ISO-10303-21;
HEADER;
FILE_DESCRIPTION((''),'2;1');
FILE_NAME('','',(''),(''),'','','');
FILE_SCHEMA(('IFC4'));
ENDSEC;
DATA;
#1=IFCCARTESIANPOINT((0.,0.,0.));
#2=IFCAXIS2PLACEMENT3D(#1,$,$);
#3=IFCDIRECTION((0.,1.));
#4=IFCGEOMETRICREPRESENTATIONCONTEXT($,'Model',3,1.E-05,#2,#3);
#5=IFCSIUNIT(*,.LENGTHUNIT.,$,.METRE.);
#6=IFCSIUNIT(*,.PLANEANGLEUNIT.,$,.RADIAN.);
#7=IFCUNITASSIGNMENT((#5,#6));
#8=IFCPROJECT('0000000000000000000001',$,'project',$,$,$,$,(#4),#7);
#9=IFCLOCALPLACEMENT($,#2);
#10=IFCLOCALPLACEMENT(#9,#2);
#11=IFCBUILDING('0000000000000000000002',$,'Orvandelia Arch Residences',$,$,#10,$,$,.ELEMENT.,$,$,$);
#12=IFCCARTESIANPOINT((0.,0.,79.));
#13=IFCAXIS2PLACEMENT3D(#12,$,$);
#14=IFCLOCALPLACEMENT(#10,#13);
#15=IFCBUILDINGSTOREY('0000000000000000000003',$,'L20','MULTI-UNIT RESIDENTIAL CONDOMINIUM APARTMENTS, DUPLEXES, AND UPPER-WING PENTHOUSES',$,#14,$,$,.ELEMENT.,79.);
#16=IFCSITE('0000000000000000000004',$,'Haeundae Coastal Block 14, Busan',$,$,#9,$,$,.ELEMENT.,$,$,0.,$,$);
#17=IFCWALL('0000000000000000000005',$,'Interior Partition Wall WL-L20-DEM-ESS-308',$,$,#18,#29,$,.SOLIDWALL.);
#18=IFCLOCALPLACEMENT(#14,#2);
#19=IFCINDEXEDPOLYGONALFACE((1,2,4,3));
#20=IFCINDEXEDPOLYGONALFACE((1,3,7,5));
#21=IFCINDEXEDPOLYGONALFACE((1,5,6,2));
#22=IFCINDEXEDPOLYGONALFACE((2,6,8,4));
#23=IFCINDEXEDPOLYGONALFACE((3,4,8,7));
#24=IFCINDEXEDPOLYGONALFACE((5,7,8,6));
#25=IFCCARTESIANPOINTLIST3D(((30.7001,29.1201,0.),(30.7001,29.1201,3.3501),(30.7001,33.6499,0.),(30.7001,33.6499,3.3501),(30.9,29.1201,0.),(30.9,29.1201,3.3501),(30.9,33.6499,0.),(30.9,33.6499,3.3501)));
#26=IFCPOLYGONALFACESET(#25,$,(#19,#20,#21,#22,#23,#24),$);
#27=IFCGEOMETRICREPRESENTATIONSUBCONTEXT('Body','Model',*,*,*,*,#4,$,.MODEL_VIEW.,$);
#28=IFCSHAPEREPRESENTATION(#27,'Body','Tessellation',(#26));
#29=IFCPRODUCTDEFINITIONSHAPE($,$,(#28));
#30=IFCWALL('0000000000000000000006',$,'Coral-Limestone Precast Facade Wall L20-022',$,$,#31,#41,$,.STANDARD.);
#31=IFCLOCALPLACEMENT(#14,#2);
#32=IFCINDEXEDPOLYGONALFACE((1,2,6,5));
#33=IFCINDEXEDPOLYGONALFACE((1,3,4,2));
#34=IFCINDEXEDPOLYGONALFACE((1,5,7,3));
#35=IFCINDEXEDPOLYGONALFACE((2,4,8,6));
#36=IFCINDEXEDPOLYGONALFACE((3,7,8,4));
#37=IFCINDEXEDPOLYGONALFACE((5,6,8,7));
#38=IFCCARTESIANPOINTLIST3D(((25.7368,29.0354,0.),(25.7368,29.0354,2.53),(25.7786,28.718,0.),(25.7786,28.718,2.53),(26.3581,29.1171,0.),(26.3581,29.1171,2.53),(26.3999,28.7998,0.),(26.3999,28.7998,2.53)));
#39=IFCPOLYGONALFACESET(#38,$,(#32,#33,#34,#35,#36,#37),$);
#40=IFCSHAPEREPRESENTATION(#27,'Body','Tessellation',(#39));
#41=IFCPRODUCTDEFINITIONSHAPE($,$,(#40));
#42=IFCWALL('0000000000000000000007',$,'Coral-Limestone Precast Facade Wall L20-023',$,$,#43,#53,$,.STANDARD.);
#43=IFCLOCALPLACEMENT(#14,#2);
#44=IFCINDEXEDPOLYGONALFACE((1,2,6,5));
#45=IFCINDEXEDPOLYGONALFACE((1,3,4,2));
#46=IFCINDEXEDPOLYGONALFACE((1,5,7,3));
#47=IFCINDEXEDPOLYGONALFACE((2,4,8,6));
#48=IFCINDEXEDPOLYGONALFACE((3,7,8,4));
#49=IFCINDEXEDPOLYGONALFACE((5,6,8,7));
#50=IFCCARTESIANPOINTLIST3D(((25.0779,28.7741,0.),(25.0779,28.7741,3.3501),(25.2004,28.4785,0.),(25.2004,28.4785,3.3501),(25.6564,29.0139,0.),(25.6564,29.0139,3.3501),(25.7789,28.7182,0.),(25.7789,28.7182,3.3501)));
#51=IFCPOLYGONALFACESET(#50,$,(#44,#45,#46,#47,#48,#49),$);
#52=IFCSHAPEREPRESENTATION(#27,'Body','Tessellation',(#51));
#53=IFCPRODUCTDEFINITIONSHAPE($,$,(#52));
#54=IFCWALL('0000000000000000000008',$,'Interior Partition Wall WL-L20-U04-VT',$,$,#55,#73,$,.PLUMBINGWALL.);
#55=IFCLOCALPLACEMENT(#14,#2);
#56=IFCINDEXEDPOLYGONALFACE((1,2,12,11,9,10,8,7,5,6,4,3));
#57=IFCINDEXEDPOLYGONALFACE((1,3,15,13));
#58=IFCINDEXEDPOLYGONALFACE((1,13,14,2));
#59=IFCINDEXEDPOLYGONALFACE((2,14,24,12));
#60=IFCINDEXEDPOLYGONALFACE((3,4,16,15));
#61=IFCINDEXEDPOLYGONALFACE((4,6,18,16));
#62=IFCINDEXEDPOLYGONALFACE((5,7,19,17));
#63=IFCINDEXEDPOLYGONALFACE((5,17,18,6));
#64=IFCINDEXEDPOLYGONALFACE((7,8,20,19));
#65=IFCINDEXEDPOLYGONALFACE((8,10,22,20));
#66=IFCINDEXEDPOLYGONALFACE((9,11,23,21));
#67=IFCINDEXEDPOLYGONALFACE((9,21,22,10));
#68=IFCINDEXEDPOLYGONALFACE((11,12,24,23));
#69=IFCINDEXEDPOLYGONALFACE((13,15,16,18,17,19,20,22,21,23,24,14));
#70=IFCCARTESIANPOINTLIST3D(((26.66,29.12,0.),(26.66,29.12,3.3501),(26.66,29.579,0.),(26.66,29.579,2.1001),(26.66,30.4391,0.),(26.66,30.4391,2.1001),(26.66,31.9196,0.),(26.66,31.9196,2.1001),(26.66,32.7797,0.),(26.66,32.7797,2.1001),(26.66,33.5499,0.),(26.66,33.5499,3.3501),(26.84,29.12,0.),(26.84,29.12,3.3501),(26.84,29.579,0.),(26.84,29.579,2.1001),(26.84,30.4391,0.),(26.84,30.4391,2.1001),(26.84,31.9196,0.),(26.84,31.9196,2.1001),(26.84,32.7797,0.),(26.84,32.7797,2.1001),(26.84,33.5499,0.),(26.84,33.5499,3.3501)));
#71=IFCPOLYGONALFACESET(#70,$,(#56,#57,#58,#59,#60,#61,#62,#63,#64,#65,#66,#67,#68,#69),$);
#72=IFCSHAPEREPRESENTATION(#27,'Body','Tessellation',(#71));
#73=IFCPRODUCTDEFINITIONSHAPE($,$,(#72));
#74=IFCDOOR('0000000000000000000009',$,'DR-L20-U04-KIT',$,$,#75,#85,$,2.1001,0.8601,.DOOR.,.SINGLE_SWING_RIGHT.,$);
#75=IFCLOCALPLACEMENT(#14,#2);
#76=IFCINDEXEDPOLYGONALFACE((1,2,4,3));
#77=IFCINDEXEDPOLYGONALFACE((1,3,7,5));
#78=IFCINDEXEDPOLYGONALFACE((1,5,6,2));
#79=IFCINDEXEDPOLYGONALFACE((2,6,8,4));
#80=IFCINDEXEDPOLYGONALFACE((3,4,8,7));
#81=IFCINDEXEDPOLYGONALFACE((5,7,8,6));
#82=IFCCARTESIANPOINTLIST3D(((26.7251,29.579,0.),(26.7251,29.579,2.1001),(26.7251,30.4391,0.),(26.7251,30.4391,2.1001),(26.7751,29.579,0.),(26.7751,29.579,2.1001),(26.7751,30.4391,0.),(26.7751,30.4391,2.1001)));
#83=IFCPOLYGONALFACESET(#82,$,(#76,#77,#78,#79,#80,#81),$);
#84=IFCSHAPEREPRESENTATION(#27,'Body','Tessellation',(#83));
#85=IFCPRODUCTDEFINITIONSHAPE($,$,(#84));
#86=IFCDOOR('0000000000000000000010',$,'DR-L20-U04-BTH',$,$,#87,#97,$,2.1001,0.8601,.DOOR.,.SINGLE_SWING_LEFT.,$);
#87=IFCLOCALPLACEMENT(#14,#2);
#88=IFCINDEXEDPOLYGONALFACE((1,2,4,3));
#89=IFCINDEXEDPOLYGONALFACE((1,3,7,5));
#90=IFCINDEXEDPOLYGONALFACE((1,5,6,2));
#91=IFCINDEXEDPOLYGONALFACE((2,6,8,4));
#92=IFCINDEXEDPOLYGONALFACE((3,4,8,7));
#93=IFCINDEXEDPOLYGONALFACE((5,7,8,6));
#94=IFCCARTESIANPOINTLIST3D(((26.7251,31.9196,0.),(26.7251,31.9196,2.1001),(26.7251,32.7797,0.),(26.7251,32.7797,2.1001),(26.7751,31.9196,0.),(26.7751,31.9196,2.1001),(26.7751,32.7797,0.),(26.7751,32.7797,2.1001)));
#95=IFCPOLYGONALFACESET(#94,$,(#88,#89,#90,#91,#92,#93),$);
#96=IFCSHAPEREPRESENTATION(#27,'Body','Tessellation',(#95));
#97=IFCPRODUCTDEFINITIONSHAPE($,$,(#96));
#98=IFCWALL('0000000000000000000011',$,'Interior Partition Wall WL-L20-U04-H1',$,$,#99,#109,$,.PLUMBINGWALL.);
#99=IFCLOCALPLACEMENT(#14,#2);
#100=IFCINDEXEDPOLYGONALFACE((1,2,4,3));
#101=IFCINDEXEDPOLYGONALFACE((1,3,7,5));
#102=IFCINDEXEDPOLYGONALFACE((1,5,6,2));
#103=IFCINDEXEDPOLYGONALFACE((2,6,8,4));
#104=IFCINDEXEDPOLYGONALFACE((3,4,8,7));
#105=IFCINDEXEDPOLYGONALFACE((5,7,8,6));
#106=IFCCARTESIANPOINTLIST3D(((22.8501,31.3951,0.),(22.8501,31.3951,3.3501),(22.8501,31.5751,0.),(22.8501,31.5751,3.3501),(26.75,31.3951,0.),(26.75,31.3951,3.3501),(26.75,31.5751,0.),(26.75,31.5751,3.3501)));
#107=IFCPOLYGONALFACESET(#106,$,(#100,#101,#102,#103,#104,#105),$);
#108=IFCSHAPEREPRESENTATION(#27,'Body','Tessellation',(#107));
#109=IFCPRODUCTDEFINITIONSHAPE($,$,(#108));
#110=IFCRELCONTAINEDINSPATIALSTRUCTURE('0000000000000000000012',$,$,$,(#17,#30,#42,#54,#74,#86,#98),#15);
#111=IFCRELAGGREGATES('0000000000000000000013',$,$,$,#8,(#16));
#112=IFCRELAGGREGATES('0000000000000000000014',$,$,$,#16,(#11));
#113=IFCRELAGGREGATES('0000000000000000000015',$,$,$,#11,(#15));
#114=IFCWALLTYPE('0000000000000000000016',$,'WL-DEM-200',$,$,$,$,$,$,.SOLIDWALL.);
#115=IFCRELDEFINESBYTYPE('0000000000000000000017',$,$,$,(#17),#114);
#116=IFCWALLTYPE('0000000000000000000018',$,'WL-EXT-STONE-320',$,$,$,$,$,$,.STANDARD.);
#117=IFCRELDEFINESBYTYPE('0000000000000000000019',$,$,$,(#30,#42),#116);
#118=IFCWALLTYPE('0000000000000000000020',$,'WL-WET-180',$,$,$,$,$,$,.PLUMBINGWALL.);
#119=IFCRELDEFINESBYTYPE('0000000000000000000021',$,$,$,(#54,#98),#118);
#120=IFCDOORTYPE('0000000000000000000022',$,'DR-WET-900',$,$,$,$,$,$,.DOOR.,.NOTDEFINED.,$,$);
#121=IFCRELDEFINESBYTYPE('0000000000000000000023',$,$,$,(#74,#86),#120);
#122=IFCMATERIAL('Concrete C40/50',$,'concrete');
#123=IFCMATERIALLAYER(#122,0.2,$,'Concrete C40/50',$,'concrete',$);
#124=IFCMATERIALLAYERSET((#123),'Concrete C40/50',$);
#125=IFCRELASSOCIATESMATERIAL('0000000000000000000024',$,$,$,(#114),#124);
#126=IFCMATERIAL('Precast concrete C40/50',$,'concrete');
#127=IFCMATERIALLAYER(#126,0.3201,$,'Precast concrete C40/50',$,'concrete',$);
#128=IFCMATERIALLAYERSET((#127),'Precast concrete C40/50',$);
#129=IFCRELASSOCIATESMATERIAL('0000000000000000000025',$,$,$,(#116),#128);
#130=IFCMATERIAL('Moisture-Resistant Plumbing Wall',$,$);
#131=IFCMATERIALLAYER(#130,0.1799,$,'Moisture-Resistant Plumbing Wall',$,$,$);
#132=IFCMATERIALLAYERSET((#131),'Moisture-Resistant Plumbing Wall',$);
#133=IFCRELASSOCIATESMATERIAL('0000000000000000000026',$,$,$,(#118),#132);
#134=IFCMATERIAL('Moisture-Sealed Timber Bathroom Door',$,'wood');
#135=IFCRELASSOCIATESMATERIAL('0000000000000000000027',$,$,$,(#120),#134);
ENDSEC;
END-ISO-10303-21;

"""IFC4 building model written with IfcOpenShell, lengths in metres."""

from ifc_helpers import new_model, si_unit, direction, frame, frame_2d, origin, place, context, subcontext, project, spatial, rectangle, extrude, material, layer, layer_set, type_object, element, fill, save


model = new_model("IFC4")

# Units and contexts
model_context = context("Model", 3, precision=1e-05, world=origin(), true_north=direction((0.0, 1.0)))
body_context = subcontext(model_context, "Body", "Model", "MODEL_VIEW")
ifc_project = project(units=[si_unit("LENGTHUNIT", "METRE"), si_unit("PLANEANGLEUNIT", "RADIAN")], contexts=[model_context])

# Site, building, storey
site_placement = place(None, origin())
site = spatial("IfcSite", under=ifc_project, at=site_placement, Name="Haeundae Coastal Block 14, Busan", CompositionType="ELEMENT", RefElevation=0.0)
building_placement = place(site_placement, origin())
building = spatial("IfcBuilding", under=site, at=building_placement, Name="Orvandelia Arch Residences", CompositionType="ELEMENT")
storey_placement = place(building_placement, frame((0.0, 0.0, 79.0)))
storey = spatial("IfcBuildingStorey", under=building, at=storey_placement, Name="L20", Description="MULTI-UNIT RESIDENTIAL CONDOMINIUM APARTMENTS, DUPLEXES, AND UPPER-WING PENTHOUSES", CompositionType="ELEMENT", Elevation=79.0)

# Walls
ifc_material_1 = material(Name="Concrete C40/50", Category="concrete")
ifc_layer_1 = layer(ifc_material_1, 0.2, Name="Concrete C40/50", Category="concrete")
ifc_layer_set_1 = layer_set([ifc_layer_1], Name="Concrete C40/50")
wall_type_1 = type_object("IfcWallType", Name="WL-DEM-200", PredefinedType="SOLIDWALL", material=ifc_layer_set_1)
wall_1_placement = place(storey_placement, frame((30.8, 29.1201, 0.0), z_axis=(0.0, 0.0, 1.0), x_axis=(0.0, 1.0, 0.0)))
element("IfcWall", 1, at=wall_1_placement, inside=storey, type_object=wall_type_1, Name="Interior Partition Wall WL-L20-DEM-ESS-308", PredefinedType="SOLIDWALL", context=body_context, shape_type="SweptSolid", body=[
    extrude(rectangle(XDim=4.5298, YDim=0.2, at=frame_2d((2.2649, 0.0))), origin(), (0.0, 0.0, 1.0), 3.3501),
])
ifc_material_2 = material(Name="Precast concrete C40/50", Category="concrete")
ifc_layer_2 = layer(ifc_material_2, 0.3201, Name="Precast concrete C40/50", Category="concrete")
ifc_layer_set_2 = layer_set([ifc_layer_2], Name="Precast concrete C40/50")
wall_type_2 = type_object("IfcWallType", Name="WL-EXT-STONE-320", PredefinedType="STANDARD", material=ifc_layer_set_2)
wall_2_placement = place(storey_placement, frame((26.3792, 28.9585, 0.0), z_axis=(0.0, 0.0, 1.0), x_axis=(-0.991448, -0.130505, 0.0)))
element("IfcWall", 2, at=wall_2_placement, inside=storey, type_object=wall_type_2, Name="Coral-Limestone Precast Facade Wall L20-022", PredefinedType="STANDARD", context=body_context, shape_type="SweptSolid", body=[
    extrude(rectangle(XDim=0.6267, YDim=0.3201, at=frame_2d((0.3135, 0.0))), origin(), (0.0, 0.0, 1.0), 2.53),
])
wall_3_placement = place(storey_placement, frame((25.7175, 28.866, 0.0), z_axis=(0.0, 0.0, 1.0), x_axis=(-0.923836, -0.382788, 0.0)))
element("IfcWall", 3, at=wall_3_placement, inside=storey, type_object=wall_type_2, Name="Coral-Limestone Precast Facade Wall L20-023", PredefinedType="STANDARD", context=body_context, shape_type="SweptSolid", body=[
    extrude(rectangle(XDim=0.6262, YDim=0.3201, at=frame_2d((0.313, 0.0))), origin(), (0.0, 0.0, 1.0), 3.3501),
])

# Wall, openings, doors
ifc_material_3 = material(Name="Moisture-Resistant Plumbing Wall")
ifc_layer_3 = layer(ifc_material_3, 0.1799, Name="Moisture-Resistant Plumbing Wall")
ifc_layer_set_3 = layer_set([ifc_layer_3], Name="Moisture-Resistant Plumbing Wall")
wall_type_3 = type_object("IfcWallType", Name="WL-WET-180", PredefinedType="PLUMBINGWALL", material=ifc_layer_set_3)
wall_4_placement = place(storey_placement, frame((26.75, 29.1201, 0.0), z_axis=(0.0, 0.0, 1.0), x_axis=(0.0, 1.0, 0.0)))
wall_4 = element("IfcWall", 4, at=wall_4_placement, inside=storey, type_object=wall_type_3, Name="Interior Partition Wall WL-L20-U04-VT", PredefinedType="PLUMBINGWALL", context=body_context, shape_type="SweptSolid", body=[
    extrude(rectangle(XDim=4.4299, YDim=0.1799, at=frame_2d((2.2148, 0.0))), origin(), (0.0, 0.0, 1.0), 3.3501),
])
opening_1_placement = place(wall_4_placement, frame((0.4587, 0.0, 0.0)))
opening_1 = element("IfcOpeningElement", 5, at=opening_1_placement, cuts=wall_4, PredefinedType="OPENING", context=body_context, shape_type="SweptSolid", body=[
    extrude(rectangle(XDim=0.8601, YDim=2.1001, at=frame_2d((0.4302, 1.05))), frame((0.0, 0.1001, 0.0), z_axis=(0.0, -1.0, 0.0), x_axis=(1.0, 0.0, 0.0)), (0.0, 0.0, 1.0), 0.2),
])
opening_2_placement = place(wall_4_placement, frame((2.7993, 0.0, 0.0)))
opening_2 = element("IfcOpeningElement", 6, at=opening_2_placement, cuts=wall_4, PredefinedType="OPENING", context=body_context, shape_type="SweptSolid", body=[
    extrude(rectangle(XDim=0.8601, YDim=2.1001, at=frame_2d((0.4302, 1.05))), frame((0.0, 0.1001, 0.0), z_axis=(0.0, -1.0, 0.0), x_axis=(1.0, 0.0, 0.0)), (0.0, 0.0, 1.0), 0.2),
])
ifc_material_4 = material(Name="Moisture-Sealed Timber Bathroom Door", Category="wood")
door_type_1 = type_object("IfcDoorType", Name="DR-WET-900", OperationType="NOTDEFINED", PredefinedType="DOOR", material=ifc_material_4)
door_1_placement = place(opening_1_placement, origin())
door_1 = element("IfcDoor", 7, at=door_1_placement, inside=storey, type_object=door_type_1, Name="DR-L20-U04-KIT", OperationType="SINGLE_SWING_RIGHT", OverallHeight=2.1001, OverallWidth=0.8601, PredefinedType="DOOR", context=body_context, shape_type="SweptSolid", body=[
    extrude(rectangle(XDim=0.8601, YDim=2.1001, at=frame_2d((0.4302, 1.05))), frame((0.0, 0.0249, 0.0), z_axis=(0.0, -1.0, 0.0), x_axis=(1.0, 0.0, 0.0)), (0.0, 0.0, 1.0), 0.05),
])
fill(opening_1, door_1)
door_2_placement = place(opening_2_placement, origin())
door_2 = element("IfcDoor", 8, at=door_2_placement, inside=storey, type_object=door_type_1, Name="DR-L20-U04-BTH", OperationType="SINGLE_SWING_LEFT", OverallHeight=2.1001, OverallWidth=0.8601, PredefinedType="DOOR", context=body_context, shape_type="SweptSolid", body=[
    extrude(rectangle(XDim=0.8601, YDim=2.1001, at=frame_2d((0.4302, 1.05))), frame((0.0, 0.0249, 0.0), z_axis=(0.0, -1.0, 0.0), x_axis=(1.0, 0.0, 0.0)), (0.0, 0.0, 1.0), 0.05),
])
fill(opening_2, door_2)

# Wall
wall_5_placement = place(storey_placement, frame((22.8501, 31.4851, 0.0), z_axis=(0.0, 0.0, 1.0), x_axis=(1.0, 0.0, 0.0)))
element("IfcWall", 9, at=wall_5_placement, inside=storey, type_object=wall_type_3, Name="Interior Partition Wall WL-L20-U04-H1", PredefinedType="PLUMBINGWALL", context=body_context, shape_type="SweptSolid", body=[
    extrude(rectangle(XDim=3.8999, YDim=0.1799, at=frame_2d((1.95, 0.0))), origin(), (0.0, 0.0, 1.0), 3.3501),
])

save(model, "model.ifc")
